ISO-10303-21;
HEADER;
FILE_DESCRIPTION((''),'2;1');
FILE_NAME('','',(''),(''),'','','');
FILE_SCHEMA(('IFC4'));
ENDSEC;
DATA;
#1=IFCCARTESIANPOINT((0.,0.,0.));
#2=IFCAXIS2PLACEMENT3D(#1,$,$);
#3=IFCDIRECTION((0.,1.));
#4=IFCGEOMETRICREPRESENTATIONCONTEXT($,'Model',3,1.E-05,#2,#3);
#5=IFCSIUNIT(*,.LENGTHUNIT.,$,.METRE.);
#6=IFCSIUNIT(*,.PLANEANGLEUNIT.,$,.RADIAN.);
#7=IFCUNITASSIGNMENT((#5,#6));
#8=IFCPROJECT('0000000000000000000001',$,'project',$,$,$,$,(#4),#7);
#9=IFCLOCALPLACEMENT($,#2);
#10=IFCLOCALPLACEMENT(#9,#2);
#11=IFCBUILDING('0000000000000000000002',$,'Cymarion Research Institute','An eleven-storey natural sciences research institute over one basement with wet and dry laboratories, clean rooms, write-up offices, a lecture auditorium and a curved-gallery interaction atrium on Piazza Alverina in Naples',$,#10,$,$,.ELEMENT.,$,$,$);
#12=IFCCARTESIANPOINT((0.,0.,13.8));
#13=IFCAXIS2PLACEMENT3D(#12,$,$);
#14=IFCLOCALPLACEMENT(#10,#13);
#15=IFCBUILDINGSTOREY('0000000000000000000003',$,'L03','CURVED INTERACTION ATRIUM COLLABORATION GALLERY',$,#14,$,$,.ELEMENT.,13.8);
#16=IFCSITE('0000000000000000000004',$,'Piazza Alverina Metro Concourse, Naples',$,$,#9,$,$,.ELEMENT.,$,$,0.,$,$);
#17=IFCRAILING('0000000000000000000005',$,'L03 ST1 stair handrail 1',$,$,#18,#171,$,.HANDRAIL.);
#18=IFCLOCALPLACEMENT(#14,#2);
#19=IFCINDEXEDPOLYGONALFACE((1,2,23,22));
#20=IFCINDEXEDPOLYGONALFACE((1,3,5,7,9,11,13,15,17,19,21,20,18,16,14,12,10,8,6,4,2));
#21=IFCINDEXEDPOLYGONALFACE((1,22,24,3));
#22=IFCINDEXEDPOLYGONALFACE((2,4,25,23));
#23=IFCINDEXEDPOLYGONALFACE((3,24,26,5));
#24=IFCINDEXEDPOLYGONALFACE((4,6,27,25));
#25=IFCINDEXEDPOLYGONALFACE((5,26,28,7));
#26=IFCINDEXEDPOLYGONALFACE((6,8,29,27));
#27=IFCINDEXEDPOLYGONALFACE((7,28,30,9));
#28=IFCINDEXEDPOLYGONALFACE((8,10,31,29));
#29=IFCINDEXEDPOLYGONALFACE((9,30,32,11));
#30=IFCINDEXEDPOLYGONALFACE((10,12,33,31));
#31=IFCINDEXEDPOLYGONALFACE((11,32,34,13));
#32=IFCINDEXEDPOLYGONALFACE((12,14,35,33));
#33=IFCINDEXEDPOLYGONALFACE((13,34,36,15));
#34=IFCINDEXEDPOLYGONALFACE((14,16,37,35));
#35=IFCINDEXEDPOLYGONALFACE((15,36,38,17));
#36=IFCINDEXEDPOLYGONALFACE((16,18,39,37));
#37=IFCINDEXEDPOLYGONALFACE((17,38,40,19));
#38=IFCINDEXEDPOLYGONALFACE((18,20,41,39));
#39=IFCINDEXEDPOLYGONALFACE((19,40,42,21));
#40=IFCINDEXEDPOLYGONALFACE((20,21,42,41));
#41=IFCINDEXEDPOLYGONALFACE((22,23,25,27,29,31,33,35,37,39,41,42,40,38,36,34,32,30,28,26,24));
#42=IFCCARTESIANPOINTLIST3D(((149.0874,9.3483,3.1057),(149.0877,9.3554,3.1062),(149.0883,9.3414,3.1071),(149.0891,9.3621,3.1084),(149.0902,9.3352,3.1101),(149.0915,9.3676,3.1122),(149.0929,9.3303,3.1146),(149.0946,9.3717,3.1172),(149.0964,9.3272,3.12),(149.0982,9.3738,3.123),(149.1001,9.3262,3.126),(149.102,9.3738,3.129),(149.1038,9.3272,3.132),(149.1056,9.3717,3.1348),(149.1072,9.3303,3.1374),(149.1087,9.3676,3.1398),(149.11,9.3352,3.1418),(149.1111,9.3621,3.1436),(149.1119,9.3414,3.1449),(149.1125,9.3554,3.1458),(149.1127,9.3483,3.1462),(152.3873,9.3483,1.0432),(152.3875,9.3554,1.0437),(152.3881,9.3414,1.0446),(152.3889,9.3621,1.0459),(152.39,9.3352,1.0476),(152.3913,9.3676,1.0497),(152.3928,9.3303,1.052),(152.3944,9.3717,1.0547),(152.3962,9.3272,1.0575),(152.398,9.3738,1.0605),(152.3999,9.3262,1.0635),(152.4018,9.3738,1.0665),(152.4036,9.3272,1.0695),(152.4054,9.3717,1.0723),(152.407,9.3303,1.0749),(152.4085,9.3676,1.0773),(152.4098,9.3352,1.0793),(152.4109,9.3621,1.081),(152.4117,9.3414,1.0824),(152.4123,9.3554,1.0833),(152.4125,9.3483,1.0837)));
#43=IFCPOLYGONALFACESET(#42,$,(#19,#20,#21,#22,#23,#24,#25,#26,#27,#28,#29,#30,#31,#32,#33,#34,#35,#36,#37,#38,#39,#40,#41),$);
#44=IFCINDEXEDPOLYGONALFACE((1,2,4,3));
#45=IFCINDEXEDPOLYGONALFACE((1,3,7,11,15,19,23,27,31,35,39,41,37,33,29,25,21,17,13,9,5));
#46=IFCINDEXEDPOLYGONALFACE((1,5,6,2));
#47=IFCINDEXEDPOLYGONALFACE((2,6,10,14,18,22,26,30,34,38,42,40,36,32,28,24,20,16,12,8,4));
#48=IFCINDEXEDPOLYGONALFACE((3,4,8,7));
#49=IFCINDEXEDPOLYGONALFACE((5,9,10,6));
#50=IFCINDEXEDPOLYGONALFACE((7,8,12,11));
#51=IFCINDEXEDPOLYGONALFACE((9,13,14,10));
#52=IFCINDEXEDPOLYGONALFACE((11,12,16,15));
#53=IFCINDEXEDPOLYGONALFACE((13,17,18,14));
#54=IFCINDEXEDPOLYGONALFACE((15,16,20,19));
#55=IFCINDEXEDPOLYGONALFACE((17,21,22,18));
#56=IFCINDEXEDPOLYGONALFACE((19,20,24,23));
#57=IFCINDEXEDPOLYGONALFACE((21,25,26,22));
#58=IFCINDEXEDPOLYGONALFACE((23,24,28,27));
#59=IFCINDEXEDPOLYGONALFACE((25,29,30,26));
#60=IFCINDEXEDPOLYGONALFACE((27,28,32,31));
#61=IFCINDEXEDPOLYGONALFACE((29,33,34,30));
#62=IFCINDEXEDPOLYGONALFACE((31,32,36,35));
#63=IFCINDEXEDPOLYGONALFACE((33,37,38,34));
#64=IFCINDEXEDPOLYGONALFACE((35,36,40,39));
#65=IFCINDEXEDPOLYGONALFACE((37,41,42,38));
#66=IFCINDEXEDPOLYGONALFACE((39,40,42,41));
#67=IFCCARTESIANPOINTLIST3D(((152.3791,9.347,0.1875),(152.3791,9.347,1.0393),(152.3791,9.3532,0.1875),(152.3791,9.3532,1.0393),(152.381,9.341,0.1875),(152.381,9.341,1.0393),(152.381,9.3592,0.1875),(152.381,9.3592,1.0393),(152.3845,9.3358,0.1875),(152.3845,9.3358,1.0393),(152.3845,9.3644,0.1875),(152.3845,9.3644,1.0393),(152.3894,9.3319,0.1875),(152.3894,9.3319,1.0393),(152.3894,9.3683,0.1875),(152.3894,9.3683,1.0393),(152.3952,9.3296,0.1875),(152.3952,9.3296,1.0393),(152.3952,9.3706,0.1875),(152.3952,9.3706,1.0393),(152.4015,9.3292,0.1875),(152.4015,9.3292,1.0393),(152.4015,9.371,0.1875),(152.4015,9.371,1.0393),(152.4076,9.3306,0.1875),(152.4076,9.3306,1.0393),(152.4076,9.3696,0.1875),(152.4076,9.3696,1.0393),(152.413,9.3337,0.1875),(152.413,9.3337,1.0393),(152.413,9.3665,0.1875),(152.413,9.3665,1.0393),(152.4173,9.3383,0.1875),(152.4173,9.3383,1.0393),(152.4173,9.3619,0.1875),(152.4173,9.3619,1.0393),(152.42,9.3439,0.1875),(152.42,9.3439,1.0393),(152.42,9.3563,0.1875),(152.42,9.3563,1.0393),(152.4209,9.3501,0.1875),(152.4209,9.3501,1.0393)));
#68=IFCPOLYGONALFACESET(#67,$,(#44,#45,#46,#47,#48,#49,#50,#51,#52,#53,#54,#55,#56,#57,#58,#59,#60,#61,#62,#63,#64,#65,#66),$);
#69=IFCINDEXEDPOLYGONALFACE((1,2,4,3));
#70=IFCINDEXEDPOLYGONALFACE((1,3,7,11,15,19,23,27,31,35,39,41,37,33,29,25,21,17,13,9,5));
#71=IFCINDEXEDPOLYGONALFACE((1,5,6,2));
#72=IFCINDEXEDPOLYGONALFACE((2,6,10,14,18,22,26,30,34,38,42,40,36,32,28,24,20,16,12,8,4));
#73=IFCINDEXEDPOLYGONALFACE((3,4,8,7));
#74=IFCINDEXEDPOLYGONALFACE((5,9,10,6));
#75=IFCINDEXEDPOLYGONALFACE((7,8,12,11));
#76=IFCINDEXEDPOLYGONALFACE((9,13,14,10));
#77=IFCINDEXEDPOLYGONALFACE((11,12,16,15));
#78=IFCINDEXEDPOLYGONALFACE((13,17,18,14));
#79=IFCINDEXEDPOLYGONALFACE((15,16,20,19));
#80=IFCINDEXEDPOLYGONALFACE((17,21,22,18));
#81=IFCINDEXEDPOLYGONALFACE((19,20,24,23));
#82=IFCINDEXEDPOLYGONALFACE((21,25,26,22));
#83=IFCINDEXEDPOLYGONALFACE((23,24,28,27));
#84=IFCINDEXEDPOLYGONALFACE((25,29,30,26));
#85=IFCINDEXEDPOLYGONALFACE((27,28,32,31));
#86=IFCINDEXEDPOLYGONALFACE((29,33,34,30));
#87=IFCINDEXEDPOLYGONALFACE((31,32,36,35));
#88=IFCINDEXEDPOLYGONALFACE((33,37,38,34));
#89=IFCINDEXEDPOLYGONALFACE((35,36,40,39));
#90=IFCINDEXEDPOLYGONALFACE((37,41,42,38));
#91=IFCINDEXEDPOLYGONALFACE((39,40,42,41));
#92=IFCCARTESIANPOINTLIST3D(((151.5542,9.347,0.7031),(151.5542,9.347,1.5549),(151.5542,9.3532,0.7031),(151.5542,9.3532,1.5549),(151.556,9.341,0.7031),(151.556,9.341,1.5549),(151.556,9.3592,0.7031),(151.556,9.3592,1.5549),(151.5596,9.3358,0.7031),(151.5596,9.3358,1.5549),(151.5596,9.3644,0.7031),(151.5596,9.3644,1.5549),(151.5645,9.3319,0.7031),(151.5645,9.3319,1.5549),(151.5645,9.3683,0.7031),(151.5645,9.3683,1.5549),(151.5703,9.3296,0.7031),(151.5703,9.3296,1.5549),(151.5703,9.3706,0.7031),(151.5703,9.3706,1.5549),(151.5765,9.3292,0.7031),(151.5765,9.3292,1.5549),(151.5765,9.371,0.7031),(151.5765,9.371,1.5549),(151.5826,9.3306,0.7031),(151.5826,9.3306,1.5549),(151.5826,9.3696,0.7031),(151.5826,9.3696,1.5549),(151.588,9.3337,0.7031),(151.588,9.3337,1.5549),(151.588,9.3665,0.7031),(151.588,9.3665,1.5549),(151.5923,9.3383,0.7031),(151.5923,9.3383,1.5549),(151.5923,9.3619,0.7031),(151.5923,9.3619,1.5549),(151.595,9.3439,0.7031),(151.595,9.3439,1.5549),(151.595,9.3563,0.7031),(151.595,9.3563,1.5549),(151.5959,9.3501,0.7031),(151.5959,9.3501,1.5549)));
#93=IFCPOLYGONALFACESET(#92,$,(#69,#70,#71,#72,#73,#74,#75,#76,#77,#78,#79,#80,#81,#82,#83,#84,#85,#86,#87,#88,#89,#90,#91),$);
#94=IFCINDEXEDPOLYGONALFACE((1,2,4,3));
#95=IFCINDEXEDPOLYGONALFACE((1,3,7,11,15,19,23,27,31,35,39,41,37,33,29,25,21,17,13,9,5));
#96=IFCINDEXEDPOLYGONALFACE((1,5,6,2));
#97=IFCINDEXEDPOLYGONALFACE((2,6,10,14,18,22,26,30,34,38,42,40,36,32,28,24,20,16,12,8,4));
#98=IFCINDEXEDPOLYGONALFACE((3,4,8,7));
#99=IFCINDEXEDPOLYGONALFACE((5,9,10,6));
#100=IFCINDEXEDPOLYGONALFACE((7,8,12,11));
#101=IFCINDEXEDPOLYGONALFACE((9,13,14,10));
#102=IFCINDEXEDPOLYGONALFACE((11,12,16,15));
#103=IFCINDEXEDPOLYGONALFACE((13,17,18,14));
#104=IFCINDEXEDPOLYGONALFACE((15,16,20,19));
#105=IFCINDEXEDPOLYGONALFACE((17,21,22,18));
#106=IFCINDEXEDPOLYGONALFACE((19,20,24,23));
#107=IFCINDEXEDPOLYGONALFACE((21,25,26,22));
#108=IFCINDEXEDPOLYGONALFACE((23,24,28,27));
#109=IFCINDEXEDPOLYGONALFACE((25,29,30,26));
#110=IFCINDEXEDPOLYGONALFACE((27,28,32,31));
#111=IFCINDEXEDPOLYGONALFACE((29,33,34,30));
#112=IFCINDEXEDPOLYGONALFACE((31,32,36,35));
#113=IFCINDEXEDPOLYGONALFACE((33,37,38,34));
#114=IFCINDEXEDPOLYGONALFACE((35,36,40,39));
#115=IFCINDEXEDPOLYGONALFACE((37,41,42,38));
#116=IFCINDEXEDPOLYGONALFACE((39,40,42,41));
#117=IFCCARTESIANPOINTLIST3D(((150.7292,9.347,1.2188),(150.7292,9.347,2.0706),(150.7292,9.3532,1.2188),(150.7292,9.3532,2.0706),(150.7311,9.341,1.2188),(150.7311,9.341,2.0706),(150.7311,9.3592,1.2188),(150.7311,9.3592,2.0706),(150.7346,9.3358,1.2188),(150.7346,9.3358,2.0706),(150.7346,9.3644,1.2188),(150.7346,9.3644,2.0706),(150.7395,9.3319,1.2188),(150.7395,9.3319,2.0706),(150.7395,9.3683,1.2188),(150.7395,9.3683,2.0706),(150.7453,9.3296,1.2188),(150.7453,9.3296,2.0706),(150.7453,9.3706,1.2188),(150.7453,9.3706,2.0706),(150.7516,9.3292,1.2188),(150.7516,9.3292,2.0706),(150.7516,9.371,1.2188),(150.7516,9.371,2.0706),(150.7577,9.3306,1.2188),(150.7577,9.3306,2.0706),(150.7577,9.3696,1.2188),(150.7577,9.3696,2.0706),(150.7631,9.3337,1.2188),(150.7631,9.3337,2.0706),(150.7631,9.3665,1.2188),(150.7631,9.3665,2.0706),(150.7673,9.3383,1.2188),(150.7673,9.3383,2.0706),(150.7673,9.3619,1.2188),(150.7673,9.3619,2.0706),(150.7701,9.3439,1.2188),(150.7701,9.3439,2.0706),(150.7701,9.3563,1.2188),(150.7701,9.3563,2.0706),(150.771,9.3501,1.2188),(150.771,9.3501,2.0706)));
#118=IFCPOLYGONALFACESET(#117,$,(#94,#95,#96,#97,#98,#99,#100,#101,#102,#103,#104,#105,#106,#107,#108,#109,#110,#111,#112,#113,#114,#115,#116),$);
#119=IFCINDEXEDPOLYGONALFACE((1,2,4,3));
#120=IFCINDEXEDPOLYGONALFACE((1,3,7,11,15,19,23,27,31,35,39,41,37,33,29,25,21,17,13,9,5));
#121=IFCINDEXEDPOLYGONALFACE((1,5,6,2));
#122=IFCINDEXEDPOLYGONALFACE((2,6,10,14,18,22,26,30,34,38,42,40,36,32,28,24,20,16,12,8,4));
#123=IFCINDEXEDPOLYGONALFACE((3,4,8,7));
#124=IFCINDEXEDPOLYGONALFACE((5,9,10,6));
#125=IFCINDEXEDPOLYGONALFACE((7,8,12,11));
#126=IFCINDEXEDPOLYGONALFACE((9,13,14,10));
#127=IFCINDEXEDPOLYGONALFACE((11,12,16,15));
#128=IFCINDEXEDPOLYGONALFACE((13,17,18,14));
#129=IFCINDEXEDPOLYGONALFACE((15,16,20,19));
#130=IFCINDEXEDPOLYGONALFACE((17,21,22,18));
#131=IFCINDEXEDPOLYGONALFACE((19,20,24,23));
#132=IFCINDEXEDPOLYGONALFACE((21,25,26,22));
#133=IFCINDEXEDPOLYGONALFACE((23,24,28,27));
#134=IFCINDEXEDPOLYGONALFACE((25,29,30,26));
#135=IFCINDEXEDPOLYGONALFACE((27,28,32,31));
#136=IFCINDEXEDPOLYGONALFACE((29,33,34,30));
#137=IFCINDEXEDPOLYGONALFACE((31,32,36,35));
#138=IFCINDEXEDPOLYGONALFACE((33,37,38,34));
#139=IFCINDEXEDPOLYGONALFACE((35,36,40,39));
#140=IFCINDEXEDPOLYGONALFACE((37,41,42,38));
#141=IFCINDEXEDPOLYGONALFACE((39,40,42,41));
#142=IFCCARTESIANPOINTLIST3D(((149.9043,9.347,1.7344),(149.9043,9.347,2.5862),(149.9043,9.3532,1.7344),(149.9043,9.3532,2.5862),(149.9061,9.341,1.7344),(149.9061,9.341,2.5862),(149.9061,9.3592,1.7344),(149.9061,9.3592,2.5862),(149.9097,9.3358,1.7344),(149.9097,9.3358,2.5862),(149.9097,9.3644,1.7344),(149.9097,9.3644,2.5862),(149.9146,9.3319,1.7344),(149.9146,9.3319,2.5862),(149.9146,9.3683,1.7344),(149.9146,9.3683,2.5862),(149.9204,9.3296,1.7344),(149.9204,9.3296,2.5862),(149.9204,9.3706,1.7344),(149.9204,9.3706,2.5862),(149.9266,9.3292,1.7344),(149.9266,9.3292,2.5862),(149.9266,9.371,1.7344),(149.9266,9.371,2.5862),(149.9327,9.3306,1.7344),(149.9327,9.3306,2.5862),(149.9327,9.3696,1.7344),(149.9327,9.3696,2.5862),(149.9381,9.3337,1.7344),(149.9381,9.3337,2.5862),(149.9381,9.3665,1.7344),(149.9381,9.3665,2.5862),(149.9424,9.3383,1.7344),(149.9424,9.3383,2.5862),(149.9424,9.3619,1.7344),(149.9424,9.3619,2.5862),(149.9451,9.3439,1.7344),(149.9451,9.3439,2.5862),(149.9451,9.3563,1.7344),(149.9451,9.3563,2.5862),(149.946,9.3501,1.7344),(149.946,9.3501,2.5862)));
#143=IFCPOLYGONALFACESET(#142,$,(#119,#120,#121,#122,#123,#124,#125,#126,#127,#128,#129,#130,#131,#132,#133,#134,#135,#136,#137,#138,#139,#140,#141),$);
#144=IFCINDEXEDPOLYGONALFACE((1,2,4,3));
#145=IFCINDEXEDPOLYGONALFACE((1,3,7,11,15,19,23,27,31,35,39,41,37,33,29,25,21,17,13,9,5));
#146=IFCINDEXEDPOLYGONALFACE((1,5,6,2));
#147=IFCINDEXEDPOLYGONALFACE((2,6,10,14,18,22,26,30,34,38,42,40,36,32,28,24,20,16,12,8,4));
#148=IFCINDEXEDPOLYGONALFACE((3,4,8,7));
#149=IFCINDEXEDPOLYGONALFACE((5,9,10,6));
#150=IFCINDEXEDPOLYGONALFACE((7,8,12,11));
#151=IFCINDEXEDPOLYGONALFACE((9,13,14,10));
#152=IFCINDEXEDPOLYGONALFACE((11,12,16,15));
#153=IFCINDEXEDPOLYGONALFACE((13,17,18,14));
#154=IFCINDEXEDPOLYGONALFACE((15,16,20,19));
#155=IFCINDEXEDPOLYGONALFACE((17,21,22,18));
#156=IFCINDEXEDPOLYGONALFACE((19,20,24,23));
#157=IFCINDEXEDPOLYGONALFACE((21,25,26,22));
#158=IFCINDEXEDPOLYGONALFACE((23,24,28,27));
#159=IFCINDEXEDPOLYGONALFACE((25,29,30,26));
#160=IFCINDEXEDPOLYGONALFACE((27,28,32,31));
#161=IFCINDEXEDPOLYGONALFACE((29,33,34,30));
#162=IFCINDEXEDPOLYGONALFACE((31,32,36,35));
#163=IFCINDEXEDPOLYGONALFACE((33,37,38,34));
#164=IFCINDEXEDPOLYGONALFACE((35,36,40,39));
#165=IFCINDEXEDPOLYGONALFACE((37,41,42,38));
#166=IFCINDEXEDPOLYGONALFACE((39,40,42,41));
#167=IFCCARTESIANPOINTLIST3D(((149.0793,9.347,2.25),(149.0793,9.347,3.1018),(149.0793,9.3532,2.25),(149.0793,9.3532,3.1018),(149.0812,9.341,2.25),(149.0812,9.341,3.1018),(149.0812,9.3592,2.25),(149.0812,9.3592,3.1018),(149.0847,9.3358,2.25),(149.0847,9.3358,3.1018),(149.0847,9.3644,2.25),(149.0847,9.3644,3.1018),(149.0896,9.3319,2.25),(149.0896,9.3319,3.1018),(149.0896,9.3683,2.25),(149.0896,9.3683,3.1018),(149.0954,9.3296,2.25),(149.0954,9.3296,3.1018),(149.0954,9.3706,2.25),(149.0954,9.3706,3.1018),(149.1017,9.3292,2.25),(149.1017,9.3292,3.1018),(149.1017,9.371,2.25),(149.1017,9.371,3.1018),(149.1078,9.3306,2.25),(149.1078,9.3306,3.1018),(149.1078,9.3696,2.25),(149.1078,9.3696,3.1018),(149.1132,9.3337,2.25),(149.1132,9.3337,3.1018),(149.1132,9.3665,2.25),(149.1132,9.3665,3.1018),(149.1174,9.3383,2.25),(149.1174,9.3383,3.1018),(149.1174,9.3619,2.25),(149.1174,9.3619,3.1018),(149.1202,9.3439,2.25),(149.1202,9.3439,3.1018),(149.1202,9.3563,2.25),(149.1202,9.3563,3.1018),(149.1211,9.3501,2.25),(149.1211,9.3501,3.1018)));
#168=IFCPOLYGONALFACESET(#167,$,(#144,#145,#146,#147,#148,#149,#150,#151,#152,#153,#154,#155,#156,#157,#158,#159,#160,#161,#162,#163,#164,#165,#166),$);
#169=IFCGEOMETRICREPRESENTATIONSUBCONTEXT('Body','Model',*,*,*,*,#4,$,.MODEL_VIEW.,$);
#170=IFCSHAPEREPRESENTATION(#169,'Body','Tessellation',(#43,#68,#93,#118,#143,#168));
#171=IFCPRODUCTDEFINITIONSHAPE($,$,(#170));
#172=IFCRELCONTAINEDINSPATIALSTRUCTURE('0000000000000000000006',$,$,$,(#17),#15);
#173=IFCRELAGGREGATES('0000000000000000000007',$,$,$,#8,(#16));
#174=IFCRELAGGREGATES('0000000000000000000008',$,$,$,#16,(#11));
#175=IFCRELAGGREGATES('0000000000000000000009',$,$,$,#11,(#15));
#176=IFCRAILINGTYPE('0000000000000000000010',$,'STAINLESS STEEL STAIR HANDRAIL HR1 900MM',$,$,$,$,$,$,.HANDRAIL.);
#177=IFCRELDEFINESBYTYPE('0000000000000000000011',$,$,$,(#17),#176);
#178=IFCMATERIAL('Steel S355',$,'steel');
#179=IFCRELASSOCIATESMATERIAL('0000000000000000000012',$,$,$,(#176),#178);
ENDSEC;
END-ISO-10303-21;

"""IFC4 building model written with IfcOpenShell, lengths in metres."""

from ifc_helpers import new_model, si_unit, direction, frame, origin, origin_2d, place, context, subcontext, project, spatial, circle, extrude, material, type_object, element, save


model = new_model("IFC4")

# Units and contexts
model_context = context("Model", 3, precision=1e-05, world=origin(), true_north=direction((0.0, 1.0)))
body_context = subcontext(model_context, "Body", "Model", "MODEL_VIEW")
ifc_project = project(units=[si_unit("LENGTHUNIT", "METRE"), si_unit("PLANEANGLEUNIT", "RADIAN")], contexts=[model_context])

# Site, building, storey
site_placement = place(None, origin())
site = spatial("IfcSite", under=ifc_project, at=site_placement, Name="Piazza Alverina Metro Concourse, Naples", CompositionType="ELEMENT", RefElevation=0.0)
building_placement = place(site_placement, origin())
building = spatial("IfcBuilding", under=site, at=building_placement, Name="Cymarion Research Institute", Description="An eleven-storey natural sciences research institute over one basement with wet and dry laboratories, clean rooms, write-up offices, a lecture auditorium and a curved-gallery interaction atrium on Piazza Alverina in Naples", CompositionType="ELEMENT")
storey_placement = place(building_placement, frame((0.0, 0.0, 13.8)))
storey = spatial("IfcBuildingStorey", under=building, at=storey_placement, Name="L03", Description="CURVED INTERACTION ATRIUM COLLABORATION GALLERY", CompositionType="ELEMENT", Elevation=13.8)

# Shared definitions
ifc_material_1 = material(Name="Steel S355", Category="steel")

# Railing
railing_type_1 = type_object("IfcRailingType", Name="STAINLESS STEEL STAIR HANDRAIL HR1 900MM", PredefinedType="HANDRAIL", material=ifc_material_1)
railing_1_placement = place(storey_placement, frame((152.3999, 9.3501, 0.1875)))
element("IfcRailing", 1, at=railing_1_placement, inside=storey, type_object=railing_type_1, Name="L03 ST1 stair handrail 1", PredefinedType="HANDRAIL", context=body_context, shape_type="SweptSolid", body=[
    extrude(circle(Radius=0.0239, at=origin_2d()), frame((0.0, 0.0, 0.876), z_axis=(-0.847984, 0.0, 0.530021), x_axis=(0.0, -1.0, 0.0)), (0.0, 0.0, 1.0), 3.8914),
    extrude(circle(Radius=0.021, at=origin_2d()), origin(), (0.0, 0.0, 1.0), 0.8518),
    extrude(circle(Radius=0.021, at=origin_2d()), frame((-0.825, 0.0, 0.5156)), (0.0, 0.0, 1.0), 0.8518),
    extrude(circle(Radius=0.021, at=origin_2d()), frame((-1.6499, 0.0, 1.0312)), (0.0, 0.0, 1.0), 0.8518),
    extrude(circle(Radius=0.021, at=origin_2d()), frame((-2.4749, 0.0, 1.5469)), (0.0, 0.0, 1.0), 0.8518),
    extrude(circle(Radius=0.021, at=origin_2d()), frame((-3.2998, 0.0, 2.0625)), (0.0, 0.0, 1.0), 0.8518),
])

save(model, "model.ifc")
